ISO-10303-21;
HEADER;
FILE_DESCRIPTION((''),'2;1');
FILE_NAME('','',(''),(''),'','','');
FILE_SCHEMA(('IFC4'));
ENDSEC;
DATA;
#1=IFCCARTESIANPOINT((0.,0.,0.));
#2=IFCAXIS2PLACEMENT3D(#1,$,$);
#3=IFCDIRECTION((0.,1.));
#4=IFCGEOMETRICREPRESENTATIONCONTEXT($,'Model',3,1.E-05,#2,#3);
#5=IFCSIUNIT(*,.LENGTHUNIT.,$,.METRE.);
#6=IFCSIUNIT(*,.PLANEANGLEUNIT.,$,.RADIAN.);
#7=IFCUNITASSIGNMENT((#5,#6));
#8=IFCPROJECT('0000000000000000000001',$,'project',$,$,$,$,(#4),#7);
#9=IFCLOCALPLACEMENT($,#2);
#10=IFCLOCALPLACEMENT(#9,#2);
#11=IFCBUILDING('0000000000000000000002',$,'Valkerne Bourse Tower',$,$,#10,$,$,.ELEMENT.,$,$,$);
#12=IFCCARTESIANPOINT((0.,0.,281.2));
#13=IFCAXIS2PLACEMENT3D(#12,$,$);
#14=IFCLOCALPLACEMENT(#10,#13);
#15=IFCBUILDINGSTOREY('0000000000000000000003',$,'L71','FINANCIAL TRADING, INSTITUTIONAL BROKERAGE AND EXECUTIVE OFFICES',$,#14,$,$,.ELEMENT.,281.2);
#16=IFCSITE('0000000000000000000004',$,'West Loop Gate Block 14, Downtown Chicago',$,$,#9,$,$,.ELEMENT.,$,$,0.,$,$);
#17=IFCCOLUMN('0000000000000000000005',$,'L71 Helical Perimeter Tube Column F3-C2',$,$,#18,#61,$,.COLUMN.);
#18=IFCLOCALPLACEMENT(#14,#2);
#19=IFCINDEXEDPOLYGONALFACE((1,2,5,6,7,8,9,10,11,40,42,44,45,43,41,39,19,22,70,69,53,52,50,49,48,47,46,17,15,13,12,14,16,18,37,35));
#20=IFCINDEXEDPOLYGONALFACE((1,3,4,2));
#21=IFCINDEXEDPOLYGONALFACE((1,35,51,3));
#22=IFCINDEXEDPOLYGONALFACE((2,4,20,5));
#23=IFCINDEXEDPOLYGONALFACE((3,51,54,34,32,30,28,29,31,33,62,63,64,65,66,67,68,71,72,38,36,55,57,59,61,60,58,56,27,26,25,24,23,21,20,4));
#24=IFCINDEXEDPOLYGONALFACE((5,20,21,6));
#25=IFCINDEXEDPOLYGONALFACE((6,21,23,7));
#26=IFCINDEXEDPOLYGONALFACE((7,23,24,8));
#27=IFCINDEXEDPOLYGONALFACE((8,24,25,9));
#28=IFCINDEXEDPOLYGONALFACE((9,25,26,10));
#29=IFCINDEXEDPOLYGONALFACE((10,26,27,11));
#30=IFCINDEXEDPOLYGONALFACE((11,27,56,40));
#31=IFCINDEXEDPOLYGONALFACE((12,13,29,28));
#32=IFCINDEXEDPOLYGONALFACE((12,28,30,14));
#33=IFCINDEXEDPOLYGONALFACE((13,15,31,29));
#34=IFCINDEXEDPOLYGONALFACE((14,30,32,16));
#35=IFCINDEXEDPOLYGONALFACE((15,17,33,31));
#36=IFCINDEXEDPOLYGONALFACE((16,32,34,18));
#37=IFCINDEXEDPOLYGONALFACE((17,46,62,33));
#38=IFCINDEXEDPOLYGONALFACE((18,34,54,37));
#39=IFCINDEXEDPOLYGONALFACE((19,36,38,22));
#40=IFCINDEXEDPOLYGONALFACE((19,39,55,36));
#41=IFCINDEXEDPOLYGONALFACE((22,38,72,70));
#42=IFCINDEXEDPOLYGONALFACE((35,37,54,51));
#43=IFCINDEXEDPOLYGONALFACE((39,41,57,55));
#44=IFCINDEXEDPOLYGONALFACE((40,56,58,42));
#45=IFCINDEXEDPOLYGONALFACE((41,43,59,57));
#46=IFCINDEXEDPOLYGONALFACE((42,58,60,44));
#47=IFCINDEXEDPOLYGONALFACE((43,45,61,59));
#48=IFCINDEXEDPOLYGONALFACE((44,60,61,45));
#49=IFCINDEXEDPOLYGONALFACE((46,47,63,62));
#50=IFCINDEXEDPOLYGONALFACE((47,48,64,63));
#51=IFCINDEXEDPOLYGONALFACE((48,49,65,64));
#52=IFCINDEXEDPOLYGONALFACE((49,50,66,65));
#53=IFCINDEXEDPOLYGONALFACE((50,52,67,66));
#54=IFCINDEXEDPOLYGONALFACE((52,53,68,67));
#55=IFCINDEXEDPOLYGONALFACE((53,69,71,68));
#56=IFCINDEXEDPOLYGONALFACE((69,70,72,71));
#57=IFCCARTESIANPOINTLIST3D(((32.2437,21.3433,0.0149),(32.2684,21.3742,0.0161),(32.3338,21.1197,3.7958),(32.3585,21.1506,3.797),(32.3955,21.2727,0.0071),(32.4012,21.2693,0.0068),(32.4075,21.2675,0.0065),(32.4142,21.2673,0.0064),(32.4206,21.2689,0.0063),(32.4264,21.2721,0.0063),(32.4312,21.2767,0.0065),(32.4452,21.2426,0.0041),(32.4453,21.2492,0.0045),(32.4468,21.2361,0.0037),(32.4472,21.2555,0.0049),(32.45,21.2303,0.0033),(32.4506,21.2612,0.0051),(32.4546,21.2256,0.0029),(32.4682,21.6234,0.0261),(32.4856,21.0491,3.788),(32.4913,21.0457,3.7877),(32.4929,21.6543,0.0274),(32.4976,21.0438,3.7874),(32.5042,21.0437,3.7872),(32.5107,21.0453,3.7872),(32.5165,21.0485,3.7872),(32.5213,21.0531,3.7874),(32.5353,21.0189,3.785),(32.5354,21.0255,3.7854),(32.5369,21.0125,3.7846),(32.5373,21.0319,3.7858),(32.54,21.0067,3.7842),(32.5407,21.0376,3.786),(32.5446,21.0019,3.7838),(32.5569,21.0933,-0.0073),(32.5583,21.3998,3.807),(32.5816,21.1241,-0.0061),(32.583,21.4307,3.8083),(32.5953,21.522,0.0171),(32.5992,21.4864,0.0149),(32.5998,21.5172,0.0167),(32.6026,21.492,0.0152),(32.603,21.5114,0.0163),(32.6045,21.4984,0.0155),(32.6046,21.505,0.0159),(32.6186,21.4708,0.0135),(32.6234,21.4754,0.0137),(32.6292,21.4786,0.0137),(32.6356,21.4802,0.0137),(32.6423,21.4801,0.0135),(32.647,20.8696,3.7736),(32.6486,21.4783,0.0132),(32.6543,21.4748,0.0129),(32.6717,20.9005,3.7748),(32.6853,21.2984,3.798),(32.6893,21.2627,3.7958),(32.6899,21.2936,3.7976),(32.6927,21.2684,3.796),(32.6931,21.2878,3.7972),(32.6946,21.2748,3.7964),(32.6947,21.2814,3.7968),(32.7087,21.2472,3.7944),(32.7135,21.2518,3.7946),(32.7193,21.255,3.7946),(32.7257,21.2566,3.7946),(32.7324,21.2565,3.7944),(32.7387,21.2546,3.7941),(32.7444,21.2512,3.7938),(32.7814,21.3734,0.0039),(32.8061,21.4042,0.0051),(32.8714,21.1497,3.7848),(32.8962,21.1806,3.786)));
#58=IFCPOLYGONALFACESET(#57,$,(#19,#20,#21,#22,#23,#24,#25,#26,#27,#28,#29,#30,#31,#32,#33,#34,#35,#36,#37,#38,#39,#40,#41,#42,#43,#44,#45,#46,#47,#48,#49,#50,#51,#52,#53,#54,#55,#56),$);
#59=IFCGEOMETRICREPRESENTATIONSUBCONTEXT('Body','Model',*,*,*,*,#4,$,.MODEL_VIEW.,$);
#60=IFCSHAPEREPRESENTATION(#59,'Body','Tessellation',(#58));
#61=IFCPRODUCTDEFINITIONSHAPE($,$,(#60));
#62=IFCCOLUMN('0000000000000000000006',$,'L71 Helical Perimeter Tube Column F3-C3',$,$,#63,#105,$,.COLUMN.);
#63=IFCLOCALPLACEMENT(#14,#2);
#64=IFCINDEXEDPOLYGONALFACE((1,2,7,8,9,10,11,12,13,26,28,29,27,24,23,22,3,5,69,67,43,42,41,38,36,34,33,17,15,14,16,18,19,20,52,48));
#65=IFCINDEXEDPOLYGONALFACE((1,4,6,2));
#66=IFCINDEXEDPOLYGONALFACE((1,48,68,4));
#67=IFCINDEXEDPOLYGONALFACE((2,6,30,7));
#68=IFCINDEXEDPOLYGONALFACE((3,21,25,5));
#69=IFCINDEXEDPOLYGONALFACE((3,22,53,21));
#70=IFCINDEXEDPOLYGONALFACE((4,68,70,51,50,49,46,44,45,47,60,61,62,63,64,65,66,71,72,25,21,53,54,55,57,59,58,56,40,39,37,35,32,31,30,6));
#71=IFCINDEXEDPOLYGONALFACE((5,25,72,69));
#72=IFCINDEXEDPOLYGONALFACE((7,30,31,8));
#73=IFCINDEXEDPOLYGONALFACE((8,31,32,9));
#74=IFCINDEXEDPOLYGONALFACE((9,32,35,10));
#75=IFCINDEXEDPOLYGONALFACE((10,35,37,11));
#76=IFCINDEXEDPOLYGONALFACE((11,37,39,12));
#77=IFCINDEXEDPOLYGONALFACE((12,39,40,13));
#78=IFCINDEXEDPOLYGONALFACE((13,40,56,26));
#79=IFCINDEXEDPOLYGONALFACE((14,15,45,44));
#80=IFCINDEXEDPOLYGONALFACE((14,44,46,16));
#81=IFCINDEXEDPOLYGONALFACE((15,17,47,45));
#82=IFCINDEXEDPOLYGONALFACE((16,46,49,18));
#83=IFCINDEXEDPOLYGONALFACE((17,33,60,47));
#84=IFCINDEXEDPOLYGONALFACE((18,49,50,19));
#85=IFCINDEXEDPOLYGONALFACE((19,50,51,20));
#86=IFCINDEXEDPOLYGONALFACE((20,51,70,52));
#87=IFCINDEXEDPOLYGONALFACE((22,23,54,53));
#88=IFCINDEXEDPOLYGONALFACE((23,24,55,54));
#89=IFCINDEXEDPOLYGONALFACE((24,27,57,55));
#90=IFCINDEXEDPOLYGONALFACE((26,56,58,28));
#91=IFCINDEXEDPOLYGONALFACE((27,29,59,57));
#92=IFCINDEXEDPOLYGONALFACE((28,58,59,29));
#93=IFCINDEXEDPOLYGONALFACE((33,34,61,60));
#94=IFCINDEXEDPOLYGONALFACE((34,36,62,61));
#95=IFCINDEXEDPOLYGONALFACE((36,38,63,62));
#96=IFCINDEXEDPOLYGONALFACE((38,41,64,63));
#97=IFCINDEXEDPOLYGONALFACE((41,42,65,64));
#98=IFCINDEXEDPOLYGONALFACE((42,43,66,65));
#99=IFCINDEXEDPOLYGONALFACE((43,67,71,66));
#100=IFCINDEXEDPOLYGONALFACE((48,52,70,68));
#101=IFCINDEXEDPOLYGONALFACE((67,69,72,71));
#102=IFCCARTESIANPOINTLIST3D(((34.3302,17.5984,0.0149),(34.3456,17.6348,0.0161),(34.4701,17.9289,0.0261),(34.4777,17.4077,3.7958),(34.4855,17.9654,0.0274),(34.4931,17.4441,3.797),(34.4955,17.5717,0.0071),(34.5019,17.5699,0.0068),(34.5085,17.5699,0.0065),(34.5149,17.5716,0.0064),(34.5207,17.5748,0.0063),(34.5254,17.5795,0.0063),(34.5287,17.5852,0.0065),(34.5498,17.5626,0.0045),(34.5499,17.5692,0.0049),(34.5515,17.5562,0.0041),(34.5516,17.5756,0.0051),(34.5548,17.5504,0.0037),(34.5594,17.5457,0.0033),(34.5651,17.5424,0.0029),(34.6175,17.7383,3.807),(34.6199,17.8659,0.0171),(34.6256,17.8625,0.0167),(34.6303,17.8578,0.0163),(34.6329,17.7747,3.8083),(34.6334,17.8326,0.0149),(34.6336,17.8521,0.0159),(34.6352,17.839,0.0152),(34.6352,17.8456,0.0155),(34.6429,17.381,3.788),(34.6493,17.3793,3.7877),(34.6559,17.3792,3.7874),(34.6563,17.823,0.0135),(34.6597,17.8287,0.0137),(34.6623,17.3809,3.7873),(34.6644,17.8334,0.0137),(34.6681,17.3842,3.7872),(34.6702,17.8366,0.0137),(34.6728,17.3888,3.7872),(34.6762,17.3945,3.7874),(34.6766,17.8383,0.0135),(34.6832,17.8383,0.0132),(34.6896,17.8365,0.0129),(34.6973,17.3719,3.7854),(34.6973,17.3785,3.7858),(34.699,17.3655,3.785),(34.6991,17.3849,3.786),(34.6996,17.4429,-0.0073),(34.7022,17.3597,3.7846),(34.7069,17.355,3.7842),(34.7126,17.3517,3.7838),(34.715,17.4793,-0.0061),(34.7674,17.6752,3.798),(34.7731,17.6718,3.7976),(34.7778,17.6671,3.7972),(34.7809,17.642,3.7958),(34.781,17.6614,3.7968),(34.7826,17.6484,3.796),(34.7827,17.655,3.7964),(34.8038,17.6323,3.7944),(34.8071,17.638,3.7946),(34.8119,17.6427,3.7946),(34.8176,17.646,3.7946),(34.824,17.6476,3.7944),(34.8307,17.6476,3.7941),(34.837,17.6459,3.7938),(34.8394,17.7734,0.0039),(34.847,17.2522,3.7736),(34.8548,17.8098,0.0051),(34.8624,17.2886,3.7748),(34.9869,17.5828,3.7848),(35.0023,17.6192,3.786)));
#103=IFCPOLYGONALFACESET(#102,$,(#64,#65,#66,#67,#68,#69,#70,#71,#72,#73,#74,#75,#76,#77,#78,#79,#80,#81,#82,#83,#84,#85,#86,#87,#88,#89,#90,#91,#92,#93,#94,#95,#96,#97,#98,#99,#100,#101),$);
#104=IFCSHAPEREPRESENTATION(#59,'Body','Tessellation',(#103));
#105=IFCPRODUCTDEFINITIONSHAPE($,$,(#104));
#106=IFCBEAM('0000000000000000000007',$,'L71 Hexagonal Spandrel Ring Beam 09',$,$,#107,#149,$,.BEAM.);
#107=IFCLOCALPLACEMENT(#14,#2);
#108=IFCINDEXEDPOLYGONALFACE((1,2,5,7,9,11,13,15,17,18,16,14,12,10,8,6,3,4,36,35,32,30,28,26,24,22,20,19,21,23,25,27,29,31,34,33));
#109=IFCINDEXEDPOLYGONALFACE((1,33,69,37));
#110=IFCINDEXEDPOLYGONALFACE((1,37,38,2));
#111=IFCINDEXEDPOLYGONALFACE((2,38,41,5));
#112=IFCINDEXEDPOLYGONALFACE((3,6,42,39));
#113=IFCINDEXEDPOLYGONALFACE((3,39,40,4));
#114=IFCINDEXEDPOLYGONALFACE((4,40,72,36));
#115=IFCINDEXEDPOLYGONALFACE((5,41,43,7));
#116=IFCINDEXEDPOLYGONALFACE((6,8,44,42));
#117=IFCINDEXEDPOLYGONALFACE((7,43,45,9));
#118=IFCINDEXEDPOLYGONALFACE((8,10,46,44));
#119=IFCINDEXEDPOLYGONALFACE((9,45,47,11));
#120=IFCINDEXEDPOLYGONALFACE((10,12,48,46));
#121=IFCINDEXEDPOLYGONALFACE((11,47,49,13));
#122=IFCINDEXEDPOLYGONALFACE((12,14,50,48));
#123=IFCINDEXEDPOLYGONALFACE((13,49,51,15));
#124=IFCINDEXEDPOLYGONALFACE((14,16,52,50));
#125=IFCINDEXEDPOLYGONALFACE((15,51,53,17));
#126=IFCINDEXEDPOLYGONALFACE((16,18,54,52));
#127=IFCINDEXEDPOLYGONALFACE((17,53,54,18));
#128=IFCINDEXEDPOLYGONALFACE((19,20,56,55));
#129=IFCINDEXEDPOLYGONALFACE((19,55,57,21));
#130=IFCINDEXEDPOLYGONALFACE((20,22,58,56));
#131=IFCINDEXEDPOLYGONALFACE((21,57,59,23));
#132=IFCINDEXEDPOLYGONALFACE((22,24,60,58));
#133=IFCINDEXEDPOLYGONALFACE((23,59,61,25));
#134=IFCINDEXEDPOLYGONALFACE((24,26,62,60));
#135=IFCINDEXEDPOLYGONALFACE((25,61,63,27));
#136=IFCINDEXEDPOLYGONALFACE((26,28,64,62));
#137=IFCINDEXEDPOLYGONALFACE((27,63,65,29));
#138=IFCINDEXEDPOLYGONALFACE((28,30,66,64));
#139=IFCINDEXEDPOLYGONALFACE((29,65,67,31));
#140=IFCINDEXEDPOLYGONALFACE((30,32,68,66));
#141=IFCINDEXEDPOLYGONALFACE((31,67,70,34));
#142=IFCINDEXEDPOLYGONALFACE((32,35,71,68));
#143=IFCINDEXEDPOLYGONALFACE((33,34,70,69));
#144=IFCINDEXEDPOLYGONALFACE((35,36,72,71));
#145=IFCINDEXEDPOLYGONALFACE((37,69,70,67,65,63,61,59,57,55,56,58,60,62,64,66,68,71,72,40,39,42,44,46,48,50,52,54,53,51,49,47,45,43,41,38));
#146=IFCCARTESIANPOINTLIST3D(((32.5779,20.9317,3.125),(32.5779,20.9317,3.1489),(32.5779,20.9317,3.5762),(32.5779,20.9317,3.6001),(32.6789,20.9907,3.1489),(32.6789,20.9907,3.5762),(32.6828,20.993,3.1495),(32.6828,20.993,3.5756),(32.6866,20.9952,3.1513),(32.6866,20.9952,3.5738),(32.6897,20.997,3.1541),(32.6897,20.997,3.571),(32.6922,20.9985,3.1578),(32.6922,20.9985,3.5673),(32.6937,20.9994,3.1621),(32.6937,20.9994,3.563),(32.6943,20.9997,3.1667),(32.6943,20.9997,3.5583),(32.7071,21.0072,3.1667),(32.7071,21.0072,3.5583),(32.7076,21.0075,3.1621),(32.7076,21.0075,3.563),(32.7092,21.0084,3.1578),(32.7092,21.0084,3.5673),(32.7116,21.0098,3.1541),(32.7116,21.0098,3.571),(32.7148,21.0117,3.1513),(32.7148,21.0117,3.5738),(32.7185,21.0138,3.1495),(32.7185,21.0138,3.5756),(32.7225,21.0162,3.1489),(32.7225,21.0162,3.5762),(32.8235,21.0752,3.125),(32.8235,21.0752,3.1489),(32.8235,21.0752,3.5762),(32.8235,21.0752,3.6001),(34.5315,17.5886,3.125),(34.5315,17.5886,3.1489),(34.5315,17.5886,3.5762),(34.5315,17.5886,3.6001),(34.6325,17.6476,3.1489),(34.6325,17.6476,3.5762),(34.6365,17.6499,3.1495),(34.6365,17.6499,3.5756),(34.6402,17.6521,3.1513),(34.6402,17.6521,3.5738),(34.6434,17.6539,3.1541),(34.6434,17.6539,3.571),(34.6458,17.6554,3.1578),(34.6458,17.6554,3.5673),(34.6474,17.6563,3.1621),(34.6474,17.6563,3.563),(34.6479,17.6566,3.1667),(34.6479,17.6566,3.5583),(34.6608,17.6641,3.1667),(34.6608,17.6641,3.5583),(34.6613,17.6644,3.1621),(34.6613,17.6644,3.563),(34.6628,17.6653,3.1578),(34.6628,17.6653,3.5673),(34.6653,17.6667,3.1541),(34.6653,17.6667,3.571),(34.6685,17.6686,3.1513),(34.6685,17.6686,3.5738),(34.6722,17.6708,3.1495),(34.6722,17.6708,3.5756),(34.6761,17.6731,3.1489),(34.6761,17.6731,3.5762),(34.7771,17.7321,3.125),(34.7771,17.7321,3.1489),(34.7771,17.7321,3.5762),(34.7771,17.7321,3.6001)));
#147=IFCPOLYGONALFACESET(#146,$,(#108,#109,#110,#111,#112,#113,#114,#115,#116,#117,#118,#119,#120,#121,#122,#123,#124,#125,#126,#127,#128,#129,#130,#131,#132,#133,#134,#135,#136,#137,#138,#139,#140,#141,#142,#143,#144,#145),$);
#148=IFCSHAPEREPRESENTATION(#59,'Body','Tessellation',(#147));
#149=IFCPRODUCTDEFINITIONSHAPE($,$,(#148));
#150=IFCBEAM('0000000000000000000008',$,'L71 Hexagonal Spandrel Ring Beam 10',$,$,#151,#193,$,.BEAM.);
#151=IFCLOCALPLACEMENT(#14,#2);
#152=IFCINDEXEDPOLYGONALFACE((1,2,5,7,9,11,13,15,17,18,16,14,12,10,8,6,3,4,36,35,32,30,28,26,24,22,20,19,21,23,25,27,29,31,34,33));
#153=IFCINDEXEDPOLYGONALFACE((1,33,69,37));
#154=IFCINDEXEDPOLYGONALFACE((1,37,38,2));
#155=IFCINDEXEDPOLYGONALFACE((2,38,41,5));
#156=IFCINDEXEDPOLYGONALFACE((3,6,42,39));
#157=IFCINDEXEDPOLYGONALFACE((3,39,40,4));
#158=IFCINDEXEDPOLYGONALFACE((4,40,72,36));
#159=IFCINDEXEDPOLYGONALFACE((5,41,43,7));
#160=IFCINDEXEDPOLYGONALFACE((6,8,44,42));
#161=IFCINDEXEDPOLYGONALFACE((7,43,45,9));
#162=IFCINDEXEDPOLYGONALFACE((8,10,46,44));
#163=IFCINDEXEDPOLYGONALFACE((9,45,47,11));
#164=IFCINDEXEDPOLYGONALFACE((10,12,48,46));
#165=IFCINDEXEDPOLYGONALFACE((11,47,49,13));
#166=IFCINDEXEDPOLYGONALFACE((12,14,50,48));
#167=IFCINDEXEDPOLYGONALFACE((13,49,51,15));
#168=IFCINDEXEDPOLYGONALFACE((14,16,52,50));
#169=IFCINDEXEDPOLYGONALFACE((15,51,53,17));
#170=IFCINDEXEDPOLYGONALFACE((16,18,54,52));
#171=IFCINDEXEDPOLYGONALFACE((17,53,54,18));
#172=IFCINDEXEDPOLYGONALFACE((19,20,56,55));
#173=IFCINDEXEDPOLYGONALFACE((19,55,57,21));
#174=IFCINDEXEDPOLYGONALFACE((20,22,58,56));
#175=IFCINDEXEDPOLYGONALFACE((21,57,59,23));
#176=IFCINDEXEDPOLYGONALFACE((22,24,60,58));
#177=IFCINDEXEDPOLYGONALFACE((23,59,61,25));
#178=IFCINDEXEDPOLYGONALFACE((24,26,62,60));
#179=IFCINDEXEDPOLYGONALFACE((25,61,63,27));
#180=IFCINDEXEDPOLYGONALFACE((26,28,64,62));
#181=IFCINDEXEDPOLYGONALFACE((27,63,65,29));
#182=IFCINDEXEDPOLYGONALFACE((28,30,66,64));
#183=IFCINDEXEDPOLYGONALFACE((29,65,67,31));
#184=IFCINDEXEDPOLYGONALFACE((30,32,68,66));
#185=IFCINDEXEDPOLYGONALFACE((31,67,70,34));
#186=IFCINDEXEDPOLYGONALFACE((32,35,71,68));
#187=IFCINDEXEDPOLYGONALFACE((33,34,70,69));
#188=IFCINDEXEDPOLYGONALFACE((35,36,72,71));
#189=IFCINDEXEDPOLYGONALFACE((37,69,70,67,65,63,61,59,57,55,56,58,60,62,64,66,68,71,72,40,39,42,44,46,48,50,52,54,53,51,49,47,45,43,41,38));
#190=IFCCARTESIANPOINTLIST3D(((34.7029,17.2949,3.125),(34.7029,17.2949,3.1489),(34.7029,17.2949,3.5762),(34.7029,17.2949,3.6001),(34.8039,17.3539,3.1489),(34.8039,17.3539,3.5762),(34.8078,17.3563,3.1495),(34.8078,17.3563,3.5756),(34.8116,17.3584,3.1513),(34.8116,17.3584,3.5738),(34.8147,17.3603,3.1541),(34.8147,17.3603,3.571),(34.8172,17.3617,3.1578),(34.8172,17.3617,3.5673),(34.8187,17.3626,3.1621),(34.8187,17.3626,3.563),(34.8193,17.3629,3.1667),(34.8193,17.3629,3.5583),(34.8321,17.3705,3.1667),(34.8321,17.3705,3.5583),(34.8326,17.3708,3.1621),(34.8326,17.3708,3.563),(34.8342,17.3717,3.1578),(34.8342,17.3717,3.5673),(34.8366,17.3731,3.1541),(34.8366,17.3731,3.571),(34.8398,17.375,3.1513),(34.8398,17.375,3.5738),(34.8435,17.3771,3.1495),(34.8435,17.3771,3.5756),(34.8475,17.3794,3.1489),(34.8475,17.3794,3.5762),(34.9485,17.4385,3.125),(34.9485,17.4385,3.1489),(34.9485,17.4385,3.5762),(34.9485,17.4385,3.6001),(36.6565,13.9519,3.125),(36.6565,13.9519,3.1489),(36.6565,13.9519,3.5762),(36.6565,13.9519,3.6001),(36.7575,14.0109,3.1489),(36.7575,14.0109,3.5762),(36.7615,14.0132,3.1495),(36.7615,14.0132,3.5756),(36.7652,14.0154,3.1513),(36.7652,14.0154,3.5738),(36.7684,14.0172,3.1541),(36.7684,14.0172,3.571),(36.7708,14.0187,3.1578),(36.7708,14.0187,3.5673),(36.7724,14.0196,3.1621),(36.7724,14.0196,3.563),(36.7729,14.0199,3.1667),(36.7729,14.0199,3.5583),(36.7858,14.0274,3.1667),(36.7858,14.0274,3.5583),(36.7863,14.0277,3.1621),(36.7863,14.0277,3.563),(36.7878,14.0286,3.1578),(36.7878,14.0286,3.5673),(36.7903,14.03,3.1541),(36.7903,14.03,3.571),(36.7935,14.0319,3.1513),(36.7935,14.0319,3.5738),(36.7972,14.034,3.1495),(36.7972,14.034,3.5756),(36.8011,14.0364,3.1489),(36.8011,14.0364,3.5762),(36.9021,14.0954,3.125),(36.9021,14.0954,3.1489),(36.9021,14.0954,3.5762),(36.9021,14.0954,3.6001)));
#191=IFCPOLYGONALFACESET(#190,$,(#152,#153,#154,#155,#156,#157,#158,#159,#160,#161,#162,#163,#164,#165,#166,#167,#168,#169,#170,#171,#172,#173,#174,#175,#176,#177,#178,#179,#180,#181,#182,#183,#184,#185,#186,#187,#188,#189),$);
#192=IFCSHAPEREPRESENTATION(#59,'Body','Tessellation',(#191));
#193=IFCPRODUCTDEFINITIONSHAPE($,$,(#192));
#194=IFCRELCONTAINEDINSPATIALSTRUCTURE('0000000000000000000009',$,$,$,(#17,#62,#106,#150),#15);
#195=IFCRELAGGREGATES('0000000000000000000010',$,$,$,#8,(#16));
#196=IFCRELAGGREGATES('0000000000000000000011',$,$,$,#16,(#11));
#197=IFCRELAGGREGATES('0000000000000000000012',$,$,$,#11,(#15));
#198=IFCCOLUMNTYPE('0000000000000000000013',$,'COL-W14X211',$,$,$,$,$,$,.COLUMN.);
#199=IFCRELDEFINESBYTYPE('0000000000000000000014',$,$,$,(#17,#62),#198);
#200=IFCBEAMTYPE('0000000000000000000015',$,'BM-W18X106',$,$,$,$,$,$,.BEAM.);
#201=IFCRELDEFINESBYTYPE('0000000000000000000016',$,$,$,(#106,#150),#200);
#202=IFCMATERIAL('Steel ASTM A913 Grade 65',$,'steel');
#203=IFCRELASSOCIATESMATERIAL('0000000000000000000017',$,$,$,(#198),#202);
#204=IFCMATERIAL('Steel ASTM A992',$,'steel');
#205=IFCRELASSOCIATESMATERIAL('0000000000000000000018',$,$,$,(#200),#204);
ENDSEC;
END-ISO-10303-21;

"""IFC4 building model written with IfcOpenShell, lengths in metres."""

from ifc_helpers import new_model, si_unit, direction, frame, origin, origin_2d, place, context, subcontext, project, spatial, i_section, extrude, material, material_profile, profile_set, type_object, element, save


model = new_model("IFC4")

# Units and contexts
model_context = context("Model", 3, precision=1e-05, world=origin(), true_north=direction((0.0, 1.0)))
body_context = subcontext(model_context, "Body", "Model", "MODEL_VIEW")
ifc_project = project(units=[si_unit("LENGTHUNIT", "METRE"), si_unit("PLANEANGLEUNIT", "RADIAN")], contexts=[model_context])

# Site, building, storey
site_placement = place(None, origin())
site = spatial("IfcSite", under=ifc_project, at=site_placement, Name="West Loop Gate Block 14, Downtown Chicago", CompositionType="ELEMENT", RefElevation=0.0)
building_placement = place(site_placement, origin())
building = spatial("IfcBuilding", under=site, at=building_placement, Name="Valkerne Bourse Tower", CompositionType="ELEMENT")
storey_placement = place(building_placement, frame((0.0, 0.0, 281.2)))
storey = spatial("IfcBuildingStorey", under=building, at=storey_placement, Name="L71", Description="FINANCIAL TRADING, INSTITUTIONAL BROKERAGE AND EXECUTIVE OFFICES", CompositionType="ELEMENT", Elevation=281.2)

# Columns
ifc_material_1 = material(Name="Steel ASTM A913 Grade 65", Category="steel")
ifc_material_profile_1 = material_profile(ifc_material_1, i_section(OverallWidth=0.4014, OverallDepth=0.3987, WebThickness=0.0249, FlangeThickness=0.0396, FilletRadius=0.0254, at=origin_2d()), Name="W14X211")
ifc_profile_set_1 = profile_set([ifc_material_profile_1], Name="Steel ASTM A913 Grade 65")
column_type = type_object("IfcColumnType", Name="COL-W14X211", PredefinedType="COLUMN", material=ifc_profile_set_1)
for number, where, z_axis, x_axis, name in (
    (1, (32.5249, 21.3738, 0.01), (0.023778, -0.059027, 0.997973), (0.780223, -0.62304, -0.05544), "L71 Helical Perimeter Tube Column F3-C2"),
    (2, (34.5925, 17.7041, 0.01), (0.038921, -0.050327, 0.997974), (0.920222, -0.387451, -0.055428), "L71 Helical Perimeter Tube Column F3-C3"),
):
    element("IfcColumn", number, at=place(storey_placement, frame(where, z_axis=z_axis, x_axis=x_axis)), inside=storey, type_object=column_type, Name=name, PredefinedType="COLUMN", context=body_context, shape_type="SweptSolid", body=[
        extrude(i_section(OverallWidth=0.4014, OverallDepth=0.3987, WebThickness=0.0249, FlangeThickness=0.0396, FilletRadius=0.0254, at=origin_2d()), origin(), (0.0, 0.0, 1.0), 3.7886),
    ])

# Beams
ifc_material_2 = material(Name="Steel ASTM A992", Category="steel")
ifc_material_profile_2 = material_profile(ifc_material_2, i_section(OverallWidth=0.2844, OverallDepth=0.4751, WebThickness=0.0149, FlangeThickness=0.0239, FilletRadius=0.0178, at=origin_2d()), Name="W18X106")
ifc_profile_set_2 = profile_set([ifc_material_profile_2], Name="Steel ASTM A992")
beam_type_1 = type_object("IfcBeamType", Name="BM-W18X106", PredefinedType="BEAM", material=ifc_profile_set_2)
for number, where, z_axis, x_axis, name in (
    (3, (32.7007, 21.0034, 3.3625), (0.504549, -0.863383, 0.0), (0.863383, 0.504549, 0.0), "L71 Hexagonal Spandrel Ring Beam 09"),
    (4, (34.8257, 17.3667, 3.3625), (0.504549, -0.863383, 0.0), (0.863383, 0.504549, 0.0), "L71 Hexagonal Spandrel Ring Beam 10"),
):
    element("IfcBeam", number, at=place(storey_placement, frame(where, z_axis=z_axis, x_axis=x_axis)), inside=storey, type_object=beam_type_1, Name=name, PredefinedType="BEAM", context=body_context, shape_type="SweptSolid", body=[
        extrude(i_section(OverallWidth=0.2844, OverallDepth=0.4751, WebThickness=0.0149, FlangeThickness=0.0239, FilletRadius=0.0178, at=origin_2d()), origin(), (0.0, 0.0, 1.0), 3.8721),
    ])

save(model, "model.ifc")
